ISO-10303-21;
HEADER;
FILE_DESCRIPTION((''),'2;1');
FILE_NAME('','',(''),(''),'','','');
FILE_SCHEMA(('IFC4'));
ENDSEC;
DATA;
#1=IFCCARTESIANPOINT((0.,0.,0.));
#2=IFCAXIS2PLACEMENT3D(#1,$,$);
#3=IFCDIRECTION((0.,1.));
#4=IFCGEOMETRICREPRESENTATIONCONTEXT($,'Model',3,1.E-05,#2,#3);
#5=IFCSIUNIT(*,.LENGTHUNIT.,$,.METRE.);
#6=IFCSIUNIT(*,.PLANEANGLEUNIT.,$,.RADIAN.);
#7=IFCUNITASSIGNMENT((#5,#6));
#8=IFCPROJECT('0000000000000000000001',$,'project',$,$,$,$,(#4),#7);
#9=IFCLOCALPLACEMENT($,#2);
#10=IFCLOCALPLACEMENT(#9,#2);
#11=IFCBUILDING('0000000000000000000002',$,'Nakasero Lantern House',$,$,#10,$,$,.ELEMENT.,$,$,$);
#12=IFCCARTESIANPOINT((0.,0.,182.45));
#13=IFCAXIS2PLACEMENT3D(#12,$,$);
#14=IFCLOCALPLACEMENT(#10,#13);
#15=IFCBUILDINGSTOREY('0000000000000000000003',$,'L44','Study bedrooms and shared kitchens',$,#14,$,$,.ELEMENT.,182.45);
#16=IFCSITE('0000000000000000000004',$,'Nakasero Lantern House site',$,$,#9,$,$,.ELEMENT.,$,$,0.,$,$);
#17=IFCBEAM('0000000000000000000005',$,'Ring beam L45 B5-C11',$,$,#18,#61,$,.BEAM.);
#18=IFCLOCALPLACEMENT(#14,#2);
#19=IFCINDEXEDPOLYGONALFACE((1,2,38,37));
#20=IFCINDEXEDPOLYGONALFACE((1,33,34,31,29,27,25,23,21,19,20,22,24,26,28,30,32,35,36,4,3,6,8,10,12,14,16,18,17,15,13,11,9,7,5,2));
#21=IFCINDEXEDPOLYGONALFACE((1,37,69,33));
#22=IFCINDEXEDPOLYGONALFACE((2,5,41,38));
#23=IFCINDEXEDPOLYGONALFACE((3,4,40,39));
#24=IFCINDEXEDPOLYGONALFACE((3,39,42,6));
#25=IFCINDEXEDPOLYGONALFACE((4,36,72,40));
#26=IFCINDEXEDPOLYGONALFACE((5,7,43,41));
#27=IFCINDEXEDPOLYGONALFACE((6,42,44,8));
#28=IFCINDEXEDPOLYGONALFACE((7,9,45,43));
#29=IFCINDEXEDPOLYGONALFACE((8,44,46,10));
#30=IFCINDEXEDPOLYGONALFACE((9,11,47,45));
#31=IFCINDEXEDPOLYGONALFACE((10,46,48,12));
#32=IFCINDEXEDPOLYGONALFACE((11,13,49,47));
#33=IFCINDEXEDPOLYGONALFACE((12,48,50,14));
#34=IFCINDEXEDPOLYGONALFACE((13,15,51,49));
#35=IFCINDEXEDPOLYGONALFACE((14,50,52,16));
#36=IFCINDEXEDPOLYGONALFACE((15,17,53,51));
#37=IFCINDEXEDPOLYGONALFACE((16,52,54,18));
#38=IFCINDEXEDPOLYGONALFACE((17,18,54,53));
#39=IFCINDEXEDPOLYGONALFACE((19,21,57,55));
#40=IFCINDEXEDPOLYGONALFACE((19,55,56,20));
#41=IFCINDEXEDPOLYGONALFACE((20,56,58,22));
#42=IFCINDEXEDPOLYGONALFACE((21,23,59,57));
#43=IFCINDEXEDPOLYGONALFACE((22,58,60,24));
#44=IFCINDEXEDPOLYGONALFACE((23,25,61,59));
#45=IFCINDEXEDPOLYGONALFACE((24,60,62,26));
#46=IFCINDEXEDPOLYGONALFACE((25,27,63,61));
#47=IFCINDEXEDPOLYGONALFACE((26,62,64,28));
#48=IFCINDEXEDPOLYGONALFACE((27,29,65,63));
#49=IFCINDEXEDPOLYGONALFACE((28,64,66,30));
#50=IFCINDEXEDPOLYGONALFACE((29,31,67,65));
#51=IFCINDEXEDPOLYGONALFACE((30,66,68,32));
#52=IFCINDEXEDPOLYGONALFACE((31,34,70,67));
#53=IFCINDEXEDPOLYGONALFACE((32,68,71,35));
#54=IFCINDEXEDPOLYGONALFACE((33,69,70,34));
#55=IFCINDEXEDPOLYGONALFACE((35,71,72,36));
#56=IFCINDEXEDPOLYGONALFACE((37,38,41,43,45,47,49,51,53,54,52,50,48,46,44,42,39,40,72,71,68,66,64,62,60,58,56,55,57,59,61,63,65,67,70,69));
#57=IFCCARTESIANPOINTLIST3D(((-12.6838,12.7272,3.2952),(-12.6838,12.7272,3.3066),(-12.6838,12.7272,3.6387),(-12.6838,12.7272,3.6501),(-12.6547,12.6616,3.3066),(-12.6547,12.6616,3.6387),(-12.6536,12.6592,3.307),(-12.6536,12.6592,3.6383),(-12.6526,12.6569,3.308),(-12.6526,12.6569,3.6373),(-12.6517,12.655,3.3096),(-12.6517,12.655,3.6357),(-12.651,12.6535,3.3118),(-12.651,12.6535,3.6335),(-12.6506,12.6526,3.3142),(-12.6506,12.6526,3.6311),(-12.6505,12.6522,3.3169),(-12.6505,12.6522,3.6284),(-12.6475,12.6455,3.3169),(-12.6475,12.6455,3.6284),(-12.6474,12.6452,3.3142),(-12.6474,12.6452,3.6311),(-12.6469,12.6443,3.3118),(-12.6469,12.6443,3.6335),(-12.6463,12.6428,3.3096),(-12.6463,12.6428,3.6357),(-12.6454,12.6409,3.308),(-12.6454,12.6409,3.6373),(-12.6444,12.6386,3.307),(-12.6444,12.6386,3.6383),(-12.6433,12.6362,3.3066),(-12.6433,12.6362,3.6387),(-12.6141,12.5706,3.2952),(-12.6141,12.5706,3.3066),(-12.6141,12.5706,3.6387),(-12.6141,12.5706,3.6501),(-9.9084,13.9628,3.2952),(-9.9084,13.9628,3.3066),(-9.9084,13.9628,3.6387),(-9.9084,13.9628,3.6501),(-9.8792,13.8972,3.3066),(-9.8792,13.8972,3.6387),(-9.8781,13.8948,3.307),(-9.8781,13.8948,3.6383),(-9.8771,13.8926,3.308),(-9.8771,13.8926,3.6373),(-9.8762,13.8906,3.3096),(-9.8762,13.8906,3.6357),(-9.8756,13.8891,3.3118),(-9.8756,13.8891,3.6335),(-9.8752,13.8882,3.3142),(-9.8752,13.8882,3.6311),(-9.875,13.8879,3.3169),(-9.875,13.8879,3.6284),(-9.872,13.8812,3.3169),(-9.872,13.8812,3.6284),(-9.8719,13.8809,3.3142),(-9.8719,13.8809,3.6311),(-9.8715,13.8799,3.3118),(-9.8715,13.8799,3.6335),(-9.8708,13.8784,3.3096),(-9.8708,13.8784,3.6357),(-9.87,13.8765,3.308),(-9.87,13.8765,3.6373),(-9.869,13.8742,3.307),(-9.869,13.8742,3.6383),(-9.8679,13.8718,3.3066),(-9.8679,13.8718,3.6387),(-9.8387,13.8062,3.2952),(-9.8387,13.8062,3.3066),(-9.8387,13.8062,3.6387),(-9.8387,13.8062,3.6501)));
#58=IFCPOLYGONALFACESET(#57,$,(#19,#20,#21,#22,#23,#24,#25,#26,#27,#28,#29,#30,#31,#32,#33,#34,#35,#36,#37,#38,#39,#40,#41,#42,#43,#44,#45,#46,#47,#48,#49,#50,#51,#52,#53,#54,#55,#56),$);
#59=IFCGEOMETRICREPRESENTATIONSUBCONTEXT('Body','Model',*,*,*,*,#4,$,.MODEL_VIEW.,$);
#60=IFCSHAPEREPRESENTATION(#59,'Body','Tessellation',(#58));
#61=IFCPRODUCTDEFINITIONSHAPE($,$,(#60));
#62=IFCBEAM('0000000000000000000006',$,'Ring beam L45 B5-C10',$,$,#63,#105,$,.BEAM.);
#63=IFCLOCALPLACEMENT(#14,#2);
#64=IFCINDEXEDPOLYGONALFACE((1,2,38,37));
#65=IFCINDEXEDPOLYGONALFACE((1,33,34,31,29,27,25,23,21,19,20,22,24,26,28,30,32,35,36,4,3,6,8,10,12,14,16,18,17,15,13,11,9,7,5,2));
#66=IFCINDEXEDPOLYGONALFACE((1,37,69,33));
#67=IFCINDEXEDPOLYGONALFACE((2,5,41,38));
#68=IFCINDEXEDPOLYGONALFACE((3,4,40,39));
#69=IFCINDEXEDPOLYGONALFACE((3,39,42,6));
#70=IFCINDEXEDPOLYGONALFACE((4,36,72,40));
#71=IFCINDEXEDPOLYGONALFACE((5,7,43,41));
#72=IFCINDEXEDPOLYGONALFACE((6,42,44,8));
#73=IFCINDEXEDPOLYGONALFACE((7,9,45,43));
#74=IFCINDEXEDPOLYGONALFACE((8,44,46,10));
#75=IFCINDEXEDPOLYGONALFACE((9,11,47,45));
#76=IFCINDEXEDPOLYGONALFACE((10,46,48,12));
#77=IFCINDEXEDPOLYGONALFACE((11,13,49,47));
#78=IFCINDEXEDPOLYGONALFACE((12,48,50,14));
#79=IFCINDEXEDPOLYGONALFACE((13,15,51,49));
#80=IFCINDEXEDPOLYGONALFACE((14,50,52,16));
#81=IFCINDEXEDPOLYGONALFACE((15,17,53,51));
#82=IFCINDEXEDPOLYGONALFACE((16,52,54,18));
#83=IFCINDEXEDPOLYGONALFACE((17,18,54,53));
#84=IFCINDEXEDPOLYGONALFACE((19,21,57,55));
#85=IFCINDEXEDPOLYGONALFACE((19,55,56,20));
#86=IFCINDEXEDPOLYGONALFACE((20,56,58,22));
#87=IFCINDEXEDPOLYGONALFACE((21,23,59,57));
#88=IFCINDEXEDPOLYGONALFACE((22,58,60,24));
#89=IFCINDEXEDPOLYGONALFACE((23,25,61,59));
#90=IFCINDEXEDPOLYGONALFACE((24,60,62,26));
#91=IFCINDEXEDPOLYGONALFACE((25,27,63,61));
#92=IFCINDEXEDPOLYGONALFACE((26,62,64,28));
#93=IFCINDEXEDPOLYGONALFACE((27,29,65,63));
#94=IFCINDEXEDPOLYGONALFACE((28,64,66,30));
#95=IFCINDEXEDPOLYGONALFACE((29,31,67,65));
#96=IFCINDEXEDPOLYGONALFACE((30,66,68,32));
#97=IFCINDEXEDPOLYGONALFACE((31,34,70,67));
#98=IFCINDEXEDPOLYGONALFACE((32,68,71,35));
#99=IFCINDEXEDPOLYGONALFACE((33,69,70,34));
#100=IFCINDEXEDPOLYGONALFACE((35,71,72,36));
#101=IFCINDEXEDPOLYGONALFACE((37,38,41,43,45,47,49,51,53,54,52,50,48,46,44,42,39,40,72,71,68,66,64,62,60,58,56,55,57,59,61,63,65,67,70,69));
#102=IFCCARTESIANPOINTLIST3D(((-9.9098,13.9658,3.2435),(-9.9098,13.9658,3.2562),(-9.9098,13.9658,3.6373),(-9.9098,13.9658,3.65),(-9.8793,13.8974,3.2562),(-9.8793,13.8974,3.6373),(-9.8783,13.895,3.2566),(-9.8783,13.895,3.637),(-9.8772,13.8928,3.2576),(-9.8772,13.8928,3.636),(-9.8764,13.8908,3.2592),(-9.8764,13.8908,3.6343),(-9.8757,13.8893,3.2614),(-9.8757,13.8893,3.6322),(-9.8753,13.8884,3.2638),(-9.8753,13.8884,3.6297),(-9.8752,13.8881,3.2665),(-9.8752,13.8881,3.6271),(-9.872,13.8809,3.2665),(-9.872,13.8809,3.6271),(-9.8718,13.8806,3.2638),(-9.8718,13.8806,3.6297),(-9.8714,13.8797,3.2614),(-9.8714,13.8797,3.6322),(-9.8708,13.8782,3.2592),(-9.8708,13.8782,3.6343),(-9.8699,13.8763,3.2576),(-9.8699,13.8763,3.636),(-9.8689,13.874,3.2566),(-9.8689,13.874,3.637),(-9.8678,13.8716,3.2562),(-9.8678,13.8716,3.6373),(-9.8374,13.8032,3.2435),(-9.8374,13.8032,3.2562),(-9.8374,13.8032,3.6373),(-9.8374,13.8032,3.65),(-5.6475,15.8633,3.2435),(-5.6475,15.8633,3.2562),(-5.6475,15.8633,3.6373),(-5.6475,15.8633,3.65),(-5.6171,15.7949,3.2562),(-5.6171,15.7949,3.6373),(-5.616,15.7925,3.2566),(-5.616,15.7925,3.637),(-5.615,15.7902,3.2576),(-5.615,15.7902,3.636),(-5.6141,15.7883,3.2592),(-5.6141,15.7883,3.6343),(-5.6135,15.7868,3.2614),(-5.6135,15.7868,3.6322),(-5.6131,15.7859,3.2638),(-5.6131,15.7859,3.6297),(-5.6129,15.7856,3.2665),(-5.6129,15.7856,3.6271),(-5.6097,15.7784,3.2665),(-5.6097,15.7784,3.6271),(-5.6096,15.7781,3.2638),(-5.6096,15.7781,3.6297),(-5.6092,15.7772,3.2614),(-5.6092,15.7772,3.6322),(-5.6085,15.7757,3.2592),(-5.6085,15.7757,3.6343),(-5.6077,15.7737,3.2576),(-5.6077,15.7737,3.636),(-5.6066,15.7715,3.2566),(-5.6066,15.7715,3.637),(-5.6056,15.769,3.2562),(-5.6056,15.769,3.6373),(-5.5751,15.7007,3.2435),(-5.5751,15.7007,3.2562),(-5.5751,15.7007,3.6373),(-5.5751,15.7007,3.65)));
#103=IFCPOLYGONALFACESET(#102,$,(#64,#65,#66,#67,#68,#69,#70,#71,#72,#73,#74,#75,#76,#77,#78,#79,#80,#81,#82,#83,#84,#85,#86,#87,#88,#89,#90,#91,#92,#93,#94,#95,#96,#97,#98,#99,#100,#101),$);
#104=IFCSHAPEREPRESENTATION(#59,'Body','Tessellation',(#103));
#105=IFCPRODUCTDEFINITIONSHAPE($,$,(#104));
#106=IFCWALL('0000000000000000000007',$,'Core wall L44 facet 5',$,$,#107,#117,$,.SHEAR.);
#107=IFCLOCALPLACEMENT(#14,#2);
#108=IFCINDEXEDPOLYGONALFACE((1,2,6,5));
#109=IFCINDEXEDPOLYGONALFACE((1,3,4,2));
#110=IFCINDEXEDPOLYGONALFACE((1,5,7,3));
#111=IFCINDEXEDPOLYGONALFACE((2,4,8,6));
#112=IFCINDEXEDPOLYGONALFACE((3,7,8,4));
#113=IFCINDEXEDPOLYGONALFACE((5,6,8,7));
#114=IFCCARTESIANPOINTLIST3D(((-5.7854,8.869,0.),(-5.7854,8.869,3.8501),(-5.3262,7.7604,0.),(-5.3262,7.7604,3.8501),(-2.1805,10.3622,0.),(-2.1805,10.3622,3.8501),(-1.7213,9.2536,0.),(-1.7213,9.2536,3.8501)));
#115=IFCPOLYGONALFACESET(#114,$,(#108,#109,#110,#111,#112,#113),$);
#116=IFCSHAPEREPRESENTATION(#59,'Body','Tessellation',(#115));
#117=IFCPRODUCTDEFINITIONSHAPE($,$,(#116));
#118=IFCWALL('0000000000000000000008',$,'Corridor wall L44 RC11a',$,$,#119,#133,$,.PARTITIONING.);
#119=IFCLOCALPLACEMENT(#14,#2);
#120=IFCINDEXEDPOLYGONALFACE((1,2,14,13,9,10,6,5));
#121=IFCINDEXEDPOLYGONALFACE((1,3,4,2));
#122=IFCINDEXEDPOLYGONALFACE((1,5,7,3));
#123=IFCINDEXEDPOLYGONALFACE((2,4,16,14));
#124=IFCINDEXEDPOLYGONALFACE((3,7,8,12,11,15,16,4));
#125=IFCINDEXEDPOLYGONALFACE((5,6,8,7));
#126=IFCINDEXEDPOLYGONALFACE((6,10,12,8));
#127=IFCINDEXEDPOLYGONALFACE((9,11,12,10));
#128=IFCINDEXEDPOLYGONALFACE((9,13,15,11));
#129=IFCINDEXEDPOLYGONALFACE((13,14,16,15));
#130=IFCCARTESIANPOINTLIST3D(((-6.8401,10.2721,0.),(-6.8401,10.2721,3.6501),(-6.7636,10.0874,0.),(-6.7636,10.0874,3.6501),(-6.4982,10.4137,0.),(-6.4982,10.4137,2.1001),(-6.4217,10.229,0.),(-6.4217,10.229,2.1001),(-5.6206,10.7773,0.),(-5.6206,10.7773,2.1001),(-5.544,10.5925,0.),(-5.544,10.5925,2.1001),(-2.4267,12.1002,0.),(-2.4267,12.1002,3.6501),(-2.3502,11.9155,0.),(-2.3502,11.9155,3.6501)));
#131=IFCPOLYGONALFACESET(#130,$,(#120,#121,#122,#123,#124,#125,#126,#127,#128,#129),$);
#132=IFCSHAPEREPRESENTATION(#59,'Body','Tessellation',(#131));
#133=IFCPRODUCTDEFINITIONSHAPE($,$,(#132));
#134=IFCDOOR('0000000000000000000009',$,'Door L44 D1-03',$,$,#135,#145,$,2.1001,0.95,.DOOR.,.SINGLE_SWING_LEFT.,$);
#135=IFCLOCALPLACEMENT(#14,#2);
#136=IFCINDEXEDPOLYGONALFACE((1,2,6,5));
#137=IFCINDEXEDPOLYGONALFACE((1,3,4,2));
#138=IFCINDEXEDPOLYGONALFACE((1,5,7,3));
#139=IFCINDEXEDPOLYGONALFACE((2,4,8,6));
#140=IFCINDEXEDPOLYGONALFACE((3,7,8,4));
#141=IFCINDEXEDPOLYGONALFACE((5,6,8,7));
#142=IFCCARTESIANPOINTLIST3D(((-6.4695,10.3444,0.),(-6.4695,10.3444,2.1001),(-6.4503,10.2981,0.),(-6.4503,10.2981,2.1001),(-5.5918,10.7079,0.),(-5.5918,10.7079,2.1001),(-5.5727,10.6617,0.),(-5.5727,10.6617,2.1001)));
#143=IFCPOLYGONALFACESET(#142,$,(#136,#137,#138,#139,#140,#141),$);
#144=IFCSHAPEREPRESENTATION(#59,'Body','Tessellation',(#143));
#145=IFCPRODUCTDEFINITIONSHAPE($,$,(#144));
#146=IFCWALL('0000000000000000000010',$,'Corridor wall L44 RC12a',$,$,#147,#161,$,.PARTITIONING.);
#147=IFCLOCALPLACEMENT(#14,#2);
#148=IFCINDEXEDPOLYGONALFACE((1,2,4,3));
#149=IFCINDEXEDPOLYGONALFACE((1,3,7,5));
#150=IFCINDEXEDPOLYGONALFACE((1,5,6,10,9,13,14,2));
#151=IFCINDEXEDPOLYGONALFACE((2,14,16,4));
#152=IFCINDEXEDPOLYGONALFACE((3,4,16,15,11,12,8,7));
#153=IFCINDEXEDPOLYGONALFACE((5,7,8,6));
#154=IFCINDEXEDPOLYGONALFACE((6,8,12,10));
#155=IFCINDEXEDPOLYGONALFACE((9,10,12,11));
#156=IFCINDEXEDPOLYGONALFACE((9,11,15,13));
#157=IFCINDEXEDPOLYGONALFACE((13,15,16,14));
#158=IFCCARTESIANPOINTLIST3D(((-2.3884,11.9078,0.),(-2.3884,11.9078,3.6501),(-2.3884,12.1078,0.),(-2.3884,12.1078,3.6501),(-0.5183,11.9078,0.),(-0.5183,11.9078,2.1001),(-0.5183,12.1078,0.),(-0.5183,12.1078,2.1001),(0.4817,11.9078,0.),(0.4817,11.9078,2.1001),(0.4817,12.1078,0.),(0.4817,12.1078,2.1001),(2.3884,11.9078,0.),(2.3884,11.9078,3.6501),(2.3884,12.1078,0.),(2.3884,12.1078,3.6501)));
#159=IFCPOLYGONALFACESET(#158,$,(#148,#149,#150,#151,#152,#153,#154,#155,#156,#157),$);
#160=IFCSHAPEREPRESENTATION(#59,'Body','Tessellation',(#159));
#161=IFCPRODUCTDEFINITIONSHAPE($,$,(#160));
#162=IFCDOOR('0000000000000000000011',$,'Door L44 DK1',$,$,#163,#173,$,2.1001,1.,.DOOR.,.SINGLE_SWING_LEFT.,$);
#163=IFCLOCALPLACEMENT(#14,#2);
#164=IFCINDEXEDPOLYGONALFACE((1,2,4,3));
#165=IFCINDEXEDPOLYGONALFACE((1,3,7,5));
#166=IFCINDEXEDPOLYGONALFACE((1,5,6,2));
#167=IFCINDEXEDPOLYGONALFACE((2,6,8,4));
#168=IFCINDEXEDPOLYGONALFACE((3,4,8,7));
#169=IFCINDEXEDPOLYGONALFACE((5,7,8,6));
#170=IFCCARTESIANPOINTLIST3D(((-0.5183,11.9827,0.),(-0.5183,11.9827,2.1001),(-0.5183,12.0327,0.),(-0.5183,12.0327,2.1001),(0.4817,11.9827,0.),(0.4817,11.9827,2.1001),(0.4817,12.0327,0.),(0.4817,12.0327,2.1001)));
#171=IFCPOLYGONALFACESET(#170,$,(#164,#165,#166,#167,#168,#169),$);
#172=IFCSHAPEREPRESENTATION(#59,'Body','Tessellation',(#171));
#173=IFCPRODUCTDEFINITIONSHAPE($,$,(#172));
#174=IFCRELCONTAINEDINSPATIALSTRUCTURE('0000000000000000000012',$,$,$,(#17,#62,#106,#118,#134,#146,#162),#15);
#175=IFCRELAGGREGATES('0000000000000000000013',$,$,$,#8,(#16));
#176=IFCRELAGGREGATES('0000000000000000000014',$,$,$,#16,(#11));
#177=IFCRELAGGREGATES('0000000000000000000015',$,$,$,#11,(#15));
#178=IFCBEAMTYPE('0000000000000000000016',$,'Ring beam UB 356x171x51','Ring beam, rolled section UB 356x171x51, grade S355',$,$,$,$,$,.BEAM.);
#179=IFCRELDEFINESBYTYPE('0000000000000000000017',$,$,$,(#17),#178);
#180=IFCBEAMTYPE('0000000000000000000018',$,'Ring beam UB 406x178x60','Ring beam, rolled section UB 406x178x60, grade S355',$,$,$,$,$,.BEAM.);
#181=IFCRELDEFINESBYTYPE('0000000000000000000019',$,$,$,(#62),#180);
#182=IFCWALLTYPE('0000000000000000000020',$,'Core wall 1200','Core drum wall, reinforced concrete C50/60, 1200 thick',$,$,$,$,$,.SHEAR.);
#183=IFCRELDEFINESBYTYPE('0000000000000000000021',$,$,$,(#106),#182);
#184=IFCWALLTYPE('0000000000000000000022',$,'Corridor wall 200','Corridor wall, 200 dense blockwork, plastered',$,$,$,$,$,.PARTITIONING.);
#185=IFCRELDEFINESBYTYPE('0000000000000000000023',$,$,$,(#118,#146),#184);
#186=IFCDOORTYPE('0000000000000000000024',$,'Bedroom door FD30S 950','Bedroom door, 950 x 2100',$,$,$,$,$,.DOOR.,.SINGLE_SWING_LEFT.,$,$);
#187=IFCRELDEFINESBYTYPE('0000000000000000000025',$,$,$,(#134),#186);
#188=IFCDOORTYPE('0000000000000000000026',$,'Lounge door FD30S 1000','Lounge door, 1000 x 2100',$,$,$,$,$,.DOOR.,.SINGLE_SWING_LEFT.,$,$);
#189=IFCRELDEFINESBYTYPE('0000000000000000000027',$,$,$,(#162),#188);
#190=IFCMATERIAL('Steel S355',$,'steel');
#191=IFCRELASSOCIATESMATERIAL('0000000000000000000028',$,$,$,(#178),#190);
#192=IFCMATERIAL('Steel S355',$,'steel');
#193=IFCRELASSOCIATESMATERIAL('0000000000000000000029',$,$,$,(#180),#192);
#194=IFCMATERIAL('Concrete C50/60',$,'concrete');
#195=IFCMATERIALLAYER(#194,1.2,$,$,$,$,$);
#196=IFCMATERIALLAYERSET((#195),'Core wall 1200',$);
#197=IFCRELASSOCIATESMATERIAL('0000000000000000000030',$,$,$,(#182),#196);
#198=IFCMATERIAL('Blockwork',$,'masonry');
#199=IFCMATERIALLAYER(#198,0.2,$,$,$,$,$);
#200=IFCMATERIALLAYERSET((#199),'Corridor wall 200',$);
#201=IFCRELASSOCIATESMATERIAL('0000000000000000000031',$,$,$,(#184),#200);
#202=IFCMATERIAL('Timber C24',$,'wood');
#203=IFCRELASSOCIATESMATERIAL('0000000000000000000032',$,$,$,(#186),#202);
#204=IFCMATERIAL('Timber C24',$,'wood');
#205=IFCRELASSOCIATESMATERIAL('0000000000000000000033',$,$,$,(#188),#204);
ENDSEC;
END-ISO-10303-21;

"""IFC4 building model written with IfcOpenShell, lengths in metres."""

from ifc_helpers import new_model, si_unit, direction, frame, frame_2d, origin, origin_2d, place, context, subcontext, project, spatial, rectangle, i_section, extrude, material, layer, layer_set, material_profile, profile_set, type_object, element, fill, save


model = new_model("IFC4")

# Units and contexts
model_context = context("Model", 3, precision=1e-05, world=origin(), true_north=direction((0.0, 1.0)))
body_context = subcontext(model_context, "Body", "Model", "MODEL_VIEW")
ifc_project = project(units=[si_unit("LENGTHUNIT", "METRE"), si_unit("PLANEANGLEUNIT", "RADIAN")], contexts=[model_context])

# Site, building, storey
site_placement = place(None, origin())
site = spatial("IfcSite", under=ifc_project, at=site_placement, Name="Nakasero Lantern House site", CompositionType="ELEMENT", RefElevation=0.0)
building_placement = place(site_placement, origin())
building = spatial("IfcBuilding", under=site, at=building_placement, Name="Nakasero Lantern House", CompositionType="ELEMENT")
storey_placement = place(building_placement, frame((0.0, 0.0, 182.45)))
storey = spatial("IfcBuildingStorey", under=building, at=storey_placement, Name="L44", Description="Study bedrooms and shared kitchens", CompositionType="ELEMENT", Elevation=182.45)

# Beams
ifc_material_1 = material(Name="Steel S355", Category="steel")
ifc_material_profile_1 = material_profile(ifc_material_1, i_section(OverallWidth=0.1714, OverallDepth=0.355, WebThickness=0.0073, FlangeThickness=0.0115, FilletRadius=0.0103, at=origin_2d()), Name="UB 356x171x51")
ifc_profile_set_1 = profile_set([ifc_material_profile_1], Name="Steel S355")
beam_type_1 = type_object("IfcBeamType", Name="Ring beam UB 356x171x51", Description="Ring beam, rolled section UB 356x171x51, grade S355", PredefinedType="BEAM", material=ifc_profile_set_1)
beam_1_placement = place(storey_placement, frame((-9.8735, 13.8845, 3.4727), z_axis=(-0.913556, -0.406713, 0.0), x_axis=(0.406713, -0.913556, 0.0)))
element("IfcBeam", 1, at=beam_1_placement, inside=storey, type_object=beam_type_1, Name="Ring beam L45 B5-C11", PredefinedType="BEAM", context=body_context, shape_type="SweptSolid", body=[
    extrude(i_section(OverallWidth=0.1714, OverallDepth=0.355, WebThickness=0.0073, FlangeThickness=0.0115, FilletRadius=0.0103, at=origin_2d()), origin(), (0.0, 0.0, 1.0), 3.0381),
])
ifc_material_2 = material(Name="Steel S355", Category="steel")
ifc_material_profile_2 = material_profile(ifc_material_2, i_section(OverallWidth=0.178, OverallDepth=0.4065, WebThickness=0.0078, FlangeThickness=0.0127, FilletRadius=0.0103, at=origin_2d()), Name="UB 406x178x60")
ifc_profile_set_2 = profile_set([ifc_material_profile_2], Name="Steel S355")
beam_type_2 = type_object("IfcBeamType", Name="Ring beam UB 406x178x60", Description="Ring beam, rolled section UB 406x178x60, grade S355", PredefinedType="BEAM", material=ifc_profile_set_2)
beam_2_placement = place(storey_placement, frame((-5.6113, 15.782, 3.4468), z_axis=(-0.913561, -0.406702, 0.0), x_axis=(0.406702, -0.913561, 0.0)))
element("IfcBeam", 2, at=beam_2_placement, inside=storey, type_object=beam_type_2, Name="Ring beam L45 B5-C10", PredefinedType="BEAM", context=body_context, shape_type="SweptSolid", body=[
    extrude(i_section(OverallWidth=0.178, OverallDepth=0.4065, WebThickness=0.0078, FlangeThickness=0.0127, FilletRadius=0.0103, at=origin_2d()), origin(), (0.0, 0.0, 1.0), 4.6655),
])

# Wall
ifc_material_3 = material(Name="Concrete C50/60", Category="concrete")
ifc_layer_1 = layer(ifc_material_3, 1.2)
ifc_layer_set_1 = layer_set([ifc_layer_1], Name="Core wall 1200")
wall_type_1 = type_object("IfcWallType", Name="Core wall 1200", Description="Core drum wall, reinforced concrete C50/60, 1200 thick", PredefinedType="SHEAR", material=ifc_layer_set_1)
wall_1_placement = place(storey_placement, frame((-1.9509, 9.8079, 0.0), z_axis=(0.0, 0.0, 1.0), x_axis=(-0.923877, -0.382691, 0.0)))
element("IfcWall", 3, at=wall_1_placement, inside=storey, type_object=wall_type_1, Name="Core wall L44 facet 5", PredefinedType="SHEAR", context=body_context, shape_type="SweptSolid", body=[
    extrude(rectangle(XDim=3.9019, YDim=1.2, at=frame_2d((1.9509, 0.0))), origin(), (0.0, 0.0, 1.0), 3.8501),
])

# Walls, openings, doors
ifc_material_4 = material(Name="Blockwork", Category="masonry")
ifc_layer_2 = layer(ifc_material_4, 0.2)
ifc_layer_set_2 = layer_set([ifc_layer_2], Name="Corridor wall 200")
wall_type_2 = type_object("IfcWallType", Name="Corridor wall 200", Description="Corridor wall, 200 dense blockwork, plastered", PredefinedType="PARTITIONING", material=ifc_layer_set_2)
wall_2_placement = place(storey_placement, frame((-6.802, 10.1797, 0.0), z_axis=(0.0, 0.0, 1.0), x_axis=(0.923882, 0.382677, 0.0)))
wall_2 = element("IfcWall", 4, at=wall_2_placement, inside=storey, type_object=wall_type_2, Name="Corridor wall L44 RC11a", PredefinedType="PARTITIONING", context=body_context, shape_type="SweptSolid", body=[
    extrude(rectangle(XDim=4.7771, YDim=0.2, at=frame_2d((2.3887, 0.0))), origin(), (0.0, 0.0, 1.0), 3.6501),
])
opening_1_placement = place(wall_2_placement, frame((0.3701, 0.0, 0.0)))
opening_1 = element("IfcOpeningElement", 5, at=opening_1_placement, cuts=wall_2, PredefinedType="OPENING", context=body_context, shape_type="SweptSolid", body=[
    extrude(rectangle(XDim=0.95, YDim=2.1001, at=frame_2d((0.4751, 1.05))), frame((0.0, 0.1199, 0.0), z_axis=(0.0, -1.0, 0.0), x_axis=(1.0, 0.0, 0.0)), (0.0, 0.0, 1.0), 0.24),
])
ifc_material_5 = material(Name="Timber C24", Category="wood")
door_type_1 = type_object("IfcDoorType", Name="Bedroom door FD30S 950", Description="Bedroom door, 950 x 2100", OperationType="SINGLE_SWING_LEFT", PredefinedType="DOOR", material=ifc_material_5)
door_1_placement = place(opening_1_placement, origin())
door_1 = element("IfcDoor", 6, at=door_1_placement, inside=storey, type_object=door_type_1, Name="Door L44 D1-03", OperationType="SINGLE_SWING_LEFT", OverallHeight=2.1001, OverallWidth=0.95, PredefinedType="DOOR", context=body_context, shape_type="SweptSolid", body=[
    extrude(rectangle(XDim=0.95, YDim=2.1001, at=frame_2d((0.4751, 1.05))), frame((0.0, 0.0249, 0.0), z_axis=(0.0, -1.0, 0.0), x_axis=(1.0, 0.0, 0.0)), (0.0, 0.0, 1.0), 0.05),
])
fill(opening_1, door_1)
wall_3_placement = place(storey_placement, frame((-2.3884, 12.0078, 0.0), z_axis=(0.0, 0.0, 1.0), x_axis=(1.0, 0.0, 0.0)))
wall_3 = element("IfcWall", 7, at=wall_3_placement, inside=storey, type_object=wall_type_2, Name="Corridor wall L44 RC12a", PredefinedType="PARTITIONING", context=body_context, shape_type="SweptSolid", body=[
    extrude(rectangle(XDim=4.7769, YDim=0.2, at=frame_2d((2.3884, 0.0))), origin(), (0.0, 0.0, 1.0), 3.6501),
])
opening_2_placement = place(wall_3_placement, frame((1.8701, 0.0, 0.0)))
opening_2 = element("IfcOpeningElement", 8, at=opening_2_placement, cuts=wall_3, PredefinedType="OPENING", context=body_context, shape_type="SweptSolid", body=[
    extrude(rectangle(XDim=1.0, YDim=2.1001, at=frame_2d((0.5, 1.05))), frame((0.0, 0.1199, 0.0), z_axis=(0.0, -1.0, 0.0), x_axis=(1.0, 0.0, 0.0)), (0.0, 0.0, 1.0), 0.24),
])
ifc_material_6 = material(Name="Timber C24", Category="wood")
door_type_2 = type_object("IfcDoorType", Name="Lounge door FD30S 1000", Description="Lounge door, 1000 x 2100", OperationType="SINGLE_SWING_LEFT", PredefinedType="DOOR", material=ifc_material_6)
door_2_placement = place(opening_2_placement, origin())
door_2 = element("IfcDoor", 9, at=door_2_placement, inside=storey, type_object=door_type_2, Name="Door L44 DK1", OperationType="SINGLE_SWING_LEFT", OverallHeight=2.1001, OverallWidth=1.0, PredefinedType="DOOR", context=body_context, shape_type="SweptSolid", body=[
    extrude(rectangle(XDim=1.0, YDim=2.1001, at=frame_2d((0.5, 1.05))), frame((0.0, 0.0249, 0.0), z_axis=(0.0, -1.0, 0.0), x_axis=(1.0, 0.0, 0.0)), (0.0, 0.0, 1.0), 0.05),
])
fill(opening_2, door_2)

save(model, "model.ifc")
